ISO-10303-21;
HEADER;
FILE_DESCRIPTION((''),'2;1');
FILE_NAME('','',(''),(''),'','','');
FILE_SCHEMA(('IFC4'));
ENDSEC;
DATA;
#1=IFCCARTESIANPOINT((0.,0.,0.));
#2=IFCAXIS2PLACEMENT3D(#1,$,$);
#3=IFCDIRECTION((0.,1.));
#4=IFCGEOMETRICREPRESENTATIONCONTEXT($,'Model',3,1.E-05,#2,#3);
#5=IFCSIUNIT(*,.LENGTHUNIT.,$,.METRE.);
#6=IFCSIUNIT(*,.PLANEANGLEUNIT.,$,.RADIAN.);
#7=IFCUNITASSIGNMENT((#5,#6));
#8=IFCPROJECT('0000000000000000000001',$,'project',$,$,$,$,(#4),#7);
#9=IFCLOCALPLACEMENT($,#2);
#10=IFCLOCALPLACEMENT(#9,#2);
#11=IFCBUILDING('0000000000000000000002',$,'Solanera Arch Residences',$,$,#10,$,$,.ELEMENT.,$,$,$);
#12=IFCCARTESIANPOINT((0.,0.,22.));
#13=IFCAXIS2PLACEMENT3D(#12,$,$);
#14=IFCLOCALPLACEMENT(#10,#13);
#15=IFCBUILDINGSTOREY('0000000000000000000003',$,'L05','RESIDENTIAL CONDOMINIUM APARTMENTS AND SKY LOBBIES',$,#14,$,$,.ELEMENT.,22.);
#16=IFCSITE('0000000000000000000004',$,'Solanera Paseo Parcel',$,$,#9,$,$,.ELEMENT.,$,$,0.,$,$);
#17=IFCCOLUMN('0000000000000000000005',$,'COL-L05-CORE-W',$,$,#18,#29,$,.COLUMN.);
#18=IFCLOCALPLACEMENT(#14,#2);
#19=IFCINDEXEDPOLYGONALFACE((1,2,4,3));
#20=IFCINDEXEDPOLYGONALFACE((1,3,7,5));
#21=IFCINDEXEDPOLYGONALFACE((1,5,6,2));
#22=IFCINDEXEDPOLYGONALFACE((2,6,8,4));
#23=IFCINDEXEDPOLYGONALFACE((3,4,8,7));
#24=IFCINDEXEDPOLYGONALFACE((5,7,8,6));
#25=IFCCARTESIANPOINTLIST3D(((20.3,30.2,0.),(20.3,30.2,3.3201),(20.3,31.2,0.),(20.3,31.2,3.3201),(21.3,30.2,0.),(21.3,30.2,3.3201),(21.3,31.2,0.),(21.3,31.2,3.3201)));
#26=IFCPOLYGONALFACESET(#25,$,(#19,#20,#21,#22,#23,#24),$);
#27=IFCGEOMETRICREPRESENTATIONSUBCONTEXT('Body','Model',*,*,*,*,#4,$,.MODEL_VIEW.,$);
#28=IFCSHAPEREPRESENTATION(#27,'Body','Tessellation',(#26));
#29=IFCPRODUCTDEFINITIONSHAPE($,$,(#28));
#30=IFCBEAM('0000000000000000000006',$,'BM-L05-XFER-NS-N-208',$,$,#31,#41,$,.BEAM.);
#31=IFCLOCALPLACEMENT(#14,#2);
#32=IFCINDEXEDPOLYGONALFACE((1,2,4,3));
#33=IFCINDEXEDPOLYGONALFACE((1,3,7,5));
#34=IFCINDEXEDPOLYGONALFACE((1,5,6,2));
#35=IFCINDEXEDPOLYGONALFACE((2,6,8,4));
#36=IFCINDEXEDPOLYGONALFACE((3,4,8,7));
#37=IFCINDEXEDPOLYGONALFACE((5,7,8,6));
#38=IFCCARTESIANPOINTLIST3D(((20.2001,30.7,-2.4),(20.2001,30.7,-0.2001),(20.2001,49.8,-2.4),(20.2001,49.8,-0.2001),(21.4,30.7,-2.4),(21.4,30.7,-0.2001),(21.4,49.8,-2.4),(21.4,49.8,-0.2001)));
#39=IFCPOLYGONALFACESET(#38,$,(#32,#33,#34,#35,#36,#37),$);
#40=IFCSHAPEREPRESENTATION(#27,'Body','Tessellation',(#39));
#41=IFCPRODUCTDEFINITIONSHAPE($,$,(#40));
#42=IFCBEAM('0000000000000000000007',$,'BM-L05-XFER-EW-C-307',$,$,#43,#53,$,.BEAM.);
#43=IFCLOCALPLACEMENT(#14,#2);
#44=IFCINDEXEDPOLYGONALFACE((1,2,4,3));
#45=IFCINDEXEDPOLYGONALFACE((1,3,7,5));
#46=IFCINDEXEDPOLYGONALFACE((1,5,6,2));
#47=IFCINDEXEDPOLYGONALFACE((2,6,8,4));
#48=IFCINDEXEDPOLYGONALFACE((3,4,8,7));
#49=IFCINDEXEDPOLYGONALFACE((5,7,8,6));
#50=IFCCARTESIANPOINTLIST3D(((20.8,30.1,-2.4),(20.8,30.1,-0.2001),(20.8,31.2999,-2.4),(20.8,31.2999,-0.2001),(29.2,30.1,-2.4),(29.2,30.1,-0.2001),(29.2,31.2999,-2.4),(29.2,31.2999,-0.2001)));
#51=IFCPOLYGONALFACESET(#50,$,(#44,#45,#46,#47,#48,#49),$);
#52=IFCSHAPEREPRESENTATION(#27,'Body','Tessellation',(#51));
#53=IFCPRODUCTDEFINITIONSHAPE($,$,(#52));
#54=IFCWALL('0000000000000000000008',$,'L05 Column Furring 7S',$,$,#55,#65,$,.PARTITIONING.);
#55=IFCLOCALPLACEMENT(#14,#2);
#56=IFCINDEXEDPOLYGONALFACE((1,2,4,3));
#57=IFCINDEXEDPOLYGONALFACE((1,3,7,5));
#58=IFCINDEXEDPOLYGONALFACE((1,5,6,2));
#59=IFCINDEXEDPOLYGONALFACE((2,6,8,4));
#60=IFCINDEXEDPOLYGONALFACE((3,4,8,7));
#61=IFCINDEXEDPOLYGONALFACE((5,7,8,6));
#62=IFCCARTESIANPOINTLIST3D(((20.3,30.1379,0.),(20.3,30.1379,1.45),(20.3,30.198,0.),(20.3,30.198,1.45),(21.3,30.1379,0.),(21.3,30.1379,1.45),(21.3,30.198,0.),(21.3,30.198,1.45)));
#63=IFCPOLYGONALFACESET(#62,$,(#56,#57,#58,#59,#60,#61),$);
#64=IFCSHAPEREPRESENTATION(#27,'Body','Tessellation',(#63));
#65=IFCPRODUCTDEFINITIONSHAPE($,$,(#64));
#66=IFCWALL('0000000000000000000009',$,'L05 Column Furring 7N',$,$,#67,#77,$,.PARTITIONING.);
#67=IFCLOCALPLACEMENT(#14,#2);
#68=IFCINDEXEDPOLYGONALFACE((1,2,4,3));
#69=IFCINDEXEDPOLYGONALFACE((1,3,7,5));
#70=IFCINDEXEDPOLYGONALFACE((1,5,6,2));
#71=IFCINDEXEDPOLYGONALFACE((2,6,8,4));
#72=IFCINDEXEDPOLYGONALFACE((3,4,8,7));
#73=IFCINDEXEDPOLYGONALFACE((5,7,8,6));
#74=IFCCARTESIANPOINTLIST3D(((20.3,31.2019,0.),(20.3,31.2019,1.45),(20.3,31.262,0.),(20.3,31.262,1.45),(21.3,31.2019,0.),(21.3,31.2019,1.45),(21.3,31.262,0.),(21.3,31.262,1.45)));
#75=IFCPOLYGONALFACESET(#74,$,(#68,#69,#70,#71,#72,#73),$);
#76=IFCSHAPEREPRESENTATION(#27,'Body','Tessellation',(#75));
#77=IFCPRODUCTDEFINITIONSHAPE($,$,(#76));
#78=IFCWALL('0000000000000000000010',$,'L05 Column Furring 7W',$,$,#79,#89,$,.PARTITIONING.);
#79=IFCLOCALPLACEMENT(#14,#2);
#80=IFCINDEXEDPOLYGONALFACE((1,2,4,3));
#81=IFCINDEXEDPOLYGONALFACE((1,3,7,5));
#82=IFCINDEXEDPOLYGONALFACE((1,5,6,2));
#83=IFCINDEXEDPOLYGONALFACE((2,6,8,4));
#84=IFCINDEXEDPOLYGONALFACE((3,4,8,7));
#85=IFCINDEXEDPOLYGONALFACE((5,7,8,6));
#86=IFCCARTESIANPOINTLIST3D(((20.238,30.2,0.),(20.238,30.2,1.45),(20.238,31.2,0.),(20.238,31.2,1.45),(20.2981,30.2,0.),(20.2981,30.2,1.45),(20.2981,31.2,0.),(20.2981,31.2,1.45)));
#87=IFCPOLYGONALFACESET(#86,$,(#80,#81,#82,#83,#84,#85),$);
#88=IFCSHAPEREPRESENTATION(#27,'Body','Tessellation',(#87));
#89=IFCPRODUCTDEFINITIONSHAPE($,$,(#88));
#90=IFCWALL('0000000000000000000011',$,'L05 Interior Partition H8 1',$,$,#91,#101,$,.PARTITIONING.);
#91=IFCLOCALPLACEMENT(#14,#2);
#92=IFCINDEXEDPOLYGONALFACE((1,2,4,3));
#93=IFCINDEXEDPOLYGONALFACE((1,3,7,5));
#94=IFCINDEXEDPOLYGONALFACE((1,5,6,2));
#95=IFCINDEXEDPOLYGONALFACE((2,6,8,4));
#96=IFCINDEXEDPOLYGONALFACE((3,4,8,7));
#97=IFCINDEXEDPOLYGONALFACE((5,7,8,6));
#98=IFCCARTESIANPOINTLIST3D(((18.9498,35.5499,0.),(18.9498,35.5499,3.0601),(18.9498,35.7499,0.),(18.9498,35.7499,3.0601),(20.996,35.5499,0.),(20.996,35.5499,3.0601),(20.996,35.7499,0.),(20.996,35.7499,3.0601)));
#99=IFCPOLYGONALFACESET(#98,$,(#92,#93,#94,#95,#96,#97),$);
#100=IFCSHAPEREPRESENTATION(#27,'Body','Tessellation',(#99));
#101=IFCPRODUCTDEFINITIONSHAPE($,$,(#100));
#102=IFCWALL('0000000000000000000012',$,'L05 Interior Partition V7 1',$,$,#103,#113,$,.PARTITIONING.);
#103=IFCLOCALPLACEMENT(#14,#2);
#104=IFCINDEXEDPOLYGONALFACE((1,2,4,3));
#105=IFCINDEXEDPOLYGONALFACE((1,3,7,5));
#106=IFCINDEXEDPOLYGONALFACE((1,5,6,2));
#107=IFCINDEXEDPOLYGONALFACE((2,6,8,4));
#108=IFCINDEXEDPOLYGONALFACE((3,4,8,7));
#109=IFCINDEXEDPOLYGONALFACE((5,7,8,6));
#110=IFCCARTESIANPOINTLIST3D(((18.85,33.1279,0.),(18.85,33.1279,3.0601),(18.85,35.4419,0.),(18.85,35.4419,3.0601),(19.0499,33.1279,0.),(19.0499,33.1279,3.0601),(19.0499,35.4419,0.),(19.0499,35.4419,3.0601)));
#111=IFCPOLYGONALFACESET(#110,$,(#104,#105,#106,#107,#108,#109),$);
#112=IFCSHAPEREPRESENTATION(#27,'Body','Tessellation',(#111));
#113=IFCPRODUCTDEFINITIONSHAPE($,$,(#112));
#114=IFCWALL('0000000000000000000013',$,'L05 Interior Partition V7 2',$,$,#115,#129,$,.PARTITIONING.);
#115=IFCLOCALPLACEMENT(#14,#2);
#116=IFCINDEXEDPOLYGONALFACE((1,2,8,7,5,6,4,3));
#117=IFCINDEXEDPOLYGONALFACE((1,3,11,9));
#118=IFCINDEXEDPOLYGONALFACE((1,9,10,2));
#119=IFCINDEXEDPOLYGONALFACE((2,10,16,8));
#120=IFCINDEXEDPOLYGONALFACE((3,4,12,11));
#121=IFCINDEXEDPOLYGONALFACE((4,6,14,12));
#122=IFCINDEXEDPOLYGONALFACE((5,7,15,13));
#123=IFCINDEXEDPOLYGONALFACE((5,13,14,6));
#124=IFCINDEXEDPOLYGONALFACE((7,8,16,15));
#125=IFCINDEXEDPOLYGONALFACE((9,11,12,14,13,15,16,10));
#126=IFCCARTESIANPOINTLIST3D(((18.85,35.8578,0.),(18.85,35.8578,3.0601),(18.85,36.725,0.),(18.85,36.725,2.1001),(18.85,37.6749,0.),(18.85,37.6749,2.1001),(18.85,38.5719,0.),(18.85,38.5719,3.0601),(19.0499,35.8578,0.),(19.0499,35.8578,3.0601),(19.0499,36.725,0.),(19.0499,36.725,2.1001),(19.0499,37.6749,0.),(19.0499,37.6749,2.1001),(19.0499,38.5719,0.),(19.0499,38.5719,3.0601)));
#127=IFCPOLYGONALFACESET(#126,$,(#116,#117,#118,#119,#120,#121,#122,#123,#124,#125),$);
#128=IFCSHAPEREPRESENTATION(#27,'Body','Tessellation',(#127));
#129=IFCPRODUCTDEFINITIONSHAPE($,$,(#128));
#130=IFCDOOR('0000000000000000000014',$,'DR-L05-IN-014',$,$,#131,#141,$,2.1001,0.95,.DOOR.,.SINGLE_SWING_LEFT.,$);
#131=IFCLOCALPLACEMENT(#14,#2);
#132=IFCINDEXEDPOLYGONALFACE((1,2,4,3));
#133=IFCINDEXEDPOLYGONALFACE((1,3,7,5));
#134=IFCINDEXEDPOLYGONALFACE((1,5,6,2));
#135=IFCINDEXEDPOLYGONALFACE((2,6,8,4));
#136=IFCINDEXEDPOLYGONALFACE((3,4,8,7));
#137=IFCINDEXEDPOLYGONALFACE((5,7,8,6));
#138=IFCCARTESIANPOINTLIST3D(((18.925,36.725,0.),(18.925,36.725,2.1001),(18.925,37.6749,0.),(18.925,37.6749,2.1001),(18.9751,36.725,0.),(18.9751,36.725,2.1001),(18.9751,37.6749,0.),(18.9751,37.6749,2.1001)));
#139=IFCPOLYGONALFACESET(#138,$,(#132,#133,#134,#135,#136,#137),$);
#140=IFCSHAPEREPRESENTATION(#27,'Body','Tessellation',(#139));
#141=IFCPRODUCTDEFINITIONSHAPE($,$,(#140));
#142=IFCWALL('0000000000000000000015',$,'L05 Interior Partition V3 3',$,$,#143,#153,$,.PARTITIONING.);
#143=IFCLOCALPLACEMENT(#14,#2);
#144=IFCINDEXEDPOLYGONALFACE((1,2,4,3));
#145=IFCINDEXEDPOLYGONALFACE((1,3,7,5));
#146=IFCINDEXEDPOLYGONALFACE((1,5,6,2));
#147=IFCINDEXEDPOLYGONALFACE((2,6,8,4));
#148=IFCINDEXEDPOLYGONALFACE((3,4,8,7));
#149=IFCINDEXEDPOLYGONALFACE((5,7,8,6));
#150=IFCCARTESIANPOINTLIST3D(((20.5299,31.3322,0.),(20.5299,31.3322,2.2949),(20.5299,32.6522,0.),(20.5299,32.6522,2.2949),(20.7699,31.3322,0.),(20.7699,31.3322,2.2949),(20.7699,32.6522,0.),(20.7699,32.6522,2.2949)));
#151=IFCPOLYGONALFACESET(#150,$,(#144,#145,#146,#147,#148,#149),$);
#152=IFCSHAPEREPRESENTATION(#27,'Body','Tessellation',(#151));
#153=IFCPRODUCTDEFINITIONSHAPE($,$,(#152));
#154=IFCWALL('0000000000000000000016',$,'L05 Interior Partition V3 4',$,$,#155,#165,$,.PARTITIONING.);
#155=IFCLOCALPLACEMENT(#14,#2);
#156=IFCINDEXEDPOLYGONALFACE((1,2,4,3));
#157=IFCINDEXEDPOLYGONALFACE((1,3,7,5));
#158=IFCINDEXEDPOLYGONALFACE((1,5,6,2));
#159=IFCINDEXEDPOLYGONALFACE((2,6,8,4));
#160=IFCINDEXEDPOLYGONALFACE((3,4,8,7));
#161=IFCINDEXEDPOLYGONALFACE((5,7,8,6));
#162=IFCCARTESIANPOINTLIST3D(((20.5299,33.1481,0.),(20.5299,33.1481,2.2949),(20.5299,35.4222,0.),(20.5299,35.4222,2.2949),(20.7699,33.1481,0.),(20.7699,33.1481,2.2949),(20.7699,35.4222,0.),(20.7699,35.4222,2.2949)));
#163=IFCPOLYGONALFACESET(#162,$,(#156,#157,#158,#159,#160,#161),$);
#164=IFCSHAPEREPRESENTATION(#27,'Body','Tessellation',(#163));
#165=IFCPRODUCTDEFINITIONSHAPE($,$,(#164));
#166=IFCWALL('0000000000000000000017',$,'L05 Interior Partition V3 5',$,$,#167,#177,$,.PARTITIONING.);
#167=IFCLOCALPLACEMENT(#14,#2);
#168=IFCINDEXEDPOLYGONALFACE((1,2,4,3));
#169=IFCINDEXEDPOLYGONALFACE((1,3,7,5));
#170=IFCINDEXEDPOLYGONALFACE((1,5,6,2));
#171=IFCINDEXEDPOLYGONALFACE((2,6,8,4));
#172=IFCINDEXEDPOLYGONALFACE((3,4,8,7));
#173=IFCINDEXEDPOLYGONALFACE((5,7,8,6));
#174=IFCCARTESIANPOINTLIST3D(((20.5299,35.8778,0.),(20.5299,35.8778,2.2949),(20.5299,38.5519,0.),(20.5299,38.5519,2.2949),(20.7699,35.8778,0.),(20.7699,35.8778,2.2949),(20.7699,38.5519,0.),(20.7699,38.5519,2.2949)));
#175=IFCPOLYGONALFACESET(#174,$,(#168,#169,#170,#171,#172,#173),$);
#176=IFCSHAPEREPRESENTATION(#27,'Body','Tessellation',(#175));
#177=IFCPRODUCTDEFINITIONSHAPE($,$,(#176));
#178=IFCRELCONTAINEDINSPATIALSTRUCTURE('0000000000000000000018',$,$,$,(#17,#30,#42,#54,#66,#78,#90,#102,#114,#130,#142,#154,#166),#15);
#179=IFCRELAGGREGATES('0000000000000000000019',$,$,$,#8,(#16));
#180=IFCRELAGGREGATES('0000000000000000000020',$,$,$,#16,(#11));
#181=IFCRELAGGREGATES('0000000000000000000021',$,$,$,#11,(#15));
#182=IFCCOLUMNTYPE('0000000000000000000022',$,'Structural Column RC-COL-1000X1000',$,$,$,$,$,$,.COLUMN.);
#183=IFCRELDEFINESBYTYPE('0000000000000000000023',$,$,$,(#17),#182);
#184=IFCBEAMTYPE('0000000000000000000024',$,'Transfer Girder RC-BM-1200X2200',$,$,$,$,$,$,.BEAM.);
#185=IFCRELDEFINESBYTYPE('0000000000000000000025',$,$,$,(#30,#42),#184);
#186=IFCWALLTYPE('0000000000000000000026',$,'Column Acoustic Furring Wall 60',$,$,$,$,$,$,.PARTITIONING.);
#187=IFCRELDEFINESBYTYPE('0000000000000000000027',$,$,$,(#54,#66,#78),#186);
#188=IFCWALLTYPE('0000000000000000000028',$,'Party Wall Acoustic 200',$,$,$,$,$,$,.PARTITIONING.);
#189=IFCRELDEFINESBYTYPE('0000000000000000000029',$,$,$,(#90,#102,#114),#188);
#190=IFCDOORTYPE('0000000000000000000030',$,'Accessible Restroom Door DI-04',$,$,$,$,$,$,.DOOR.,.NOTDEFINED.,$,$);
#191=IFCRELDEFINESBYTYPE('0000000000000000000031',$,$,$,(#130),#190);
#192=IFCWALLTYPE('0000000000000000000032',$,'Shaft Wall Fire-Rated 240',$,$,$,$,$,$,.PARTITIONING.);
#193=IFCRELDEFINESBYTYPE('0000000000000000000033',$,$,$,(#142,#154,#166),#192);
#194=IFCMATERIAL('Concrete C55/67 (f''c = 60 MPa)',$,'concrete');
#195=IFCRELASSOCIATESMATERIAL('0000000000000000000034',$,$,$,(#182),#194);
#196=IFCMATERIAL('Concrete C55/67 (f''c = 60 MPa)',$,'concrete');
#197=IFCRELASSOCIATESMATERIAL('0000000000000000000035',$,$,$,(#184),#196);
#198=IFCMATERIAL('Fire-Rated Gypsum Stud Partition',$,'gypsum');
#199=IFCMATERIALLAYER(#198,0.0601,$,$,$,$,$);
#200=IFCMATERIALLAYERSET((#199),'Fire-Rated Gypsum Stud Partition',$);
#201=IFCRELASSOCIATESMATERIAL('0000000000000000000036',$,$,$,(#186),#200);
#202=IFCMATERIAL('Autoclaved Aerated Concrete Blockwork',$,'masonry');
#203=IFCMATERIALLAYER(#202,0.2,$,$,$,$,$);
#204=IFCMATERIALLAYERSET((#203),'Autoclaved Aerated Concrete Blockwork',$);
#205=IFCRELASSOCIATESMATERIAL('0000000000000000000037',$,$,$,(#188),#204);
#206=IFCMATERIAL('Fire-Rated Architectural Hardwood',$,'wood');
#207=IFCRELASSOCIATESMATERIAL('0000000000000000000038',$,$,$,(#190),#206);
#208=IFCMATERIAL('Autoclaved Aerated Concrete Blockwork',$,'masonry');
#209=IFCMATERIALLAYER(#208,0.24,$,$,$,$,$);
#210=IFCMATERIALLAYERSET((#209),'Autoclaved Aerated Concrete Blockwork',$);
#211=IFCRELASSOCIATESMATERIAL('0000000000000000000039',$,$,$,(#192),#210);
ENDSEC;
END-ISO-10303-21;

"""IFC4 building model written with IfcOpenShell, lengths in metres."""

from ifc_helpers import new_model, si_unit, direction, frame, frame_2d, origin, origin_2d, place, context, subcontext, project, spatial, rectangle, extrude, material, layer, layer_set, material_profile, profile_set, type_object, element, fill, save


model = new_model("IFC4")

# Units and contexts
model_context = context("Model", 3, precision=1e-05, world=origin(), true_north=direction((0.0, 1.0)))
body_context = subcontext(model_context, "Body", "Model", "MODEL_VIEW")
ifc_project = project(units=[si_unit("LENGTHUNIT", "METRE"), si_unit("PLANEANGLEUNIT", "RADIAN")], contexts=[model_context])

# Site, building, storey
site_placement = place(None, origin())
site = spatial("IfcSite", under=ifc_project, at=site_placement, Name="Solanera Paseo Parcel", CompositionType="ELEMENT", RefElevation=0.0)
building_placement = place(site_placement, origin())
building = spatial("IfcBuilding", under=site, at=building_placement, Name="Solanera Arch Residences", CompositionType="ELEMENT")
storey_placement = place(building_placement, frame((0.0, 0.0, 22.0)))
storey = spatial("IfcBuildingStorey", under=building, at=storey_placement, Name="L05", Description="RESIDENTIAL CONDOMINIUM APARTMENTS AND SKY LOBBIES", CompositionType="ELEMENT", Elevation=22.0)

# Column
ifc_material_1 = material(Name="Concrete C55/67 (f'c = 60 MPa)", Category="concrete")
ifc_material_profile_1 = material_profile(ifc_material_1, rectangle(XDim=1.0, YDim=1.0, at=origin_2d()))
ifc_profile_set_1 = profile_set([ifc_material_profile_1], Name="Concrete C55/67 (f'c = 60 MPa)")
column_type = type_object("IfcColumnType", Name="Structural Column RC-COL-1000X1000", PredefinedType="COLUMN", material=ifc_profile_set_1)
column_placement = place(storey_placement, frame((20.8, 30.7, 0.0), z_axis=(0.0, 0.0, 1.0), x_axis=(1.0, 0.0, 0.0)))
element("IfcColumn", 1, at=column_placement, inside=storey, type_object=column_type, Name="COL-L05-CORE-W", PredefinedType="COLUMN", context=body_context, shape_type="SweptSolid", body=[
    extrude(rectangle(XDim=1.0, YDim=1.0, at=origin_2d()), origin(), (0.0, 0.0, 1.0), 3.3201),
])

# Beams
ifc_material_2 = material(Name="Concrete C55/67 (f'c = 60 MPa)", Category="concrete")
ifc_material_profile_2 = material_profile(ifc_material_2, rectangle(XDim=1.2, YDim=2.2, at=origin_2d()))
ifc_profile_set_2 = profile_set([ifc_material_profile_2], Name="Concrete C55/67 (f'c = 60 MPa)")
beam_type = type_object("IfcBeamType", Name="Transfer Girder RC-BM-1200X2200", PredefinedType="BEAM", material=ifc_profile_set_2)
beam_1_placement = place(storey_placement, frame((20.8, 30.7, -1.3), z_axis=(0.0, 1.0, 0.0), x_axis=(-1.0, 0.0, 0.0)))
element("IfcBeam", 2, at=beam_1_placement, inside=storey, type_object=beam_type, Name="BM-L05-XFER-NS-N-208", PredefinedType="BEAM", context=body_context, shape_type="SweptSolid", body=[
    extrude(rectangle(XDim=1.2, YDim=2.2, at=origin_2d()), origin(), (0.0, 0.0, 1.0), 19.1001),
])
beam_2_placement = place(storey_placement, frame((20.8, 30.7, -1.3), z_axis=(1.0, 0.0, 0.0), x_axis=(0.0, 1.0, 0.0)))
element("IfcBeam", 3, at=beam_2_placement, inside=storey, type_object=beam_type, Name="BM-L05-XFER-EW-C-307", PredefinedType="BEAM", context=body_context, shape_type="SweptSolid", body=[
    extrude(rectangle(XDim=1.2, YDim=2.2, at=origin_2d()), origin(), (0.0, 0.0, 1.0), 8.3999),
])

# Walls
ifc_material_3 = material(Name="Fire-Rated Gypsum Stud Partition", Category="gypsum")
ifc_layer_1 = layer(ifc_material_3, 0.0601)
ifc_layer_set_1 = layer_set([ifc_layer_1], Name="Fire-Rated Gypsum Stud Partition")
wall_type_1 = type_object("IfcWallType", Name="Column Acoustic Furring Wall 60", PredefinedType="PARTITIONING", material=ifc_layer_set_1)
for number, where, z_axis, x_axis, name in (
    (4, (20.3, 30.168, 0.0), (0.0, 0.0, 1.0), (1.0, 0.0, 0.0), "L05 Column Furring 7S"),
    (5, (20.3, 31.2319, 0.0), (0.0, 0.0, 1.0), (1.0, 0.0, 0.0), "L05 Column Furring 7N"),
    (6, (20.2681, 30.2, 0.0), (0.0, 0.0, 1.0), (0.0, 1.0, 0.0), "L05 Column Furring 7W"),
):
    element("IfcWall", number, at=place(storey_placement, frame(where, z_axis=z_axis, x_axis=x_axis)), inside=storey, type_object=wall_type_1, Name=name, PredefinedType="PARTITIONING", context=body_context, shape_type="SweptSolid", body=[
        extrude(rectangle(XDim=1.0, YDim=0.0601, at=frame_2d((0.5, 0.0))), origin(), (0.0, 0.0, 1.0), 1.45),
    ])

# Walls
ifc_material_4 = material(Name="Autoclaved Aerated Concrete Blockwork", Category="masonry")
ifc_layer_2 = layer(ifc_material_4, 0.2)
ifc_layer_set_2 = layer_set([ifc_layer_2], Name="Autoclaved Aerated Concrete Blockwork")
wall_type_2 = type_object("IfcWallType", Name="Party Wall Acoustic 200", PredefinedType="PARTITIONING", material=ifc_layer_set_2)
wall_1_placement = place(storey_placement, frame((18.95, 35.6499, 0.0), z_axis=(0.0, 0.0, 1.0), x_axis=(1.0, 0.0, 0.0)))
element("IfcWall", 7, at=wall_1_placement, inside=storey, type_object=wall_type_2, Name="L05 Interior Partition H8 1", PredefinedType="PARTITIONING", context=body_context, shape_type="SweptSolid", body=[
    extrude(rectangle(XDim=2.0461, YDim=0.2, at=frame_2d((1.0229, 0.0))), origin(), (0.0, 0.0, 1.0), 3.0601),
])
wall_2_placement = place(storey_placement, frame((18.95, 33.1279, 0.0), z_axis=(0.0, 0.0, 1.0), x_axis=(0.0, 1.0, 0.0)))
element("IfcWall", 8, at=wall_2_placement, inside=storey, type_object=wall_type_2, Name="L05 Interior Partition V7 1", PredefinedType="PARTITIONING", context=body_context, shape_type="SweptSolid", body=[
    extrude(rectangle(XDim=2.314, YDim=0.2, at=frame_2d((1.157, 0.0))), origin(), (0.0, 0.0, 1.0), 3.0601),
])

# Wall, opening, door
wall_3_placement = place(storey_placement, frame((18.95, 35.8579, 0.0), z_axis=(0.0, 0.0, 1.0), x_axis=(0.0, 1.0, 0.0)))
wall_3 = element("IfcWall", 9, at=wall_3_placement, inside=storey, type_object=wall_type_2, Name="L05 Interior Partition V7 2", PredefinedType="PARTITIONING", context=body_context, shape_type="SweptSolid", body=[
    extrude(rectangle(XDim=2.7141, YDim=0.2, at=frame_2d((1.3569, 0.0))), origin(), (0.0, 0.0, 1.0), 3.0601),
])
opening_1_placement = place(wall_3_placement, frame((0.8669, 0.0, 0.0)))
opening_1 = element("IfcOpeningElement", 10, at=opening_1_placement, cuts=wall_3, PredefinedType="OPENING", context=body_context, shape_type="SweptSolid", body=[
    extrude(rectangle(XDim=0.95, YDim=2.1001, at=frame_2d((0.4751, 1.05))), frame((0.0, 0.1101, 0.0), z_axis=(0.0, -1.0, 0.0), x_axis=(1.0, 0.0, 0.0)), (0.0, 0.0, 1.0), 0.22),
])
ifc_material_5 = material(Name="Fire-Rated Architectural Hardwood", Category="wood")
door_type_1 = type_object("IfcDoorType", Name="Accessible Restroom Door DI-04", OperationType="NOTDEFINED", PredefinedType="DOOR", material=ifc_material_5)
door_1_placement = place(opening_1_placement, origin())
door_1 = element("IfcDoor", 11, at=door_1_placement, inside=storey, type_object=door_type_1, Name="DR-L05-IN-014", OperationType="SINGLE_SWING_LEFT", OverallHeight=2.1001, OverallWidth=0.95, PredefinedType="DOOR", context=body_context, shape_type="SweptSolid", body=[
    extrude(rectangle(XDim=0.95, YDim=2.1001, at=frame_2d((0.4751, 1.05))), frame((0.0, 0.0249, 0.0), z_axis=(0.0, -1.0, 0.0), x_axis=(1.0, 0.0, 0.0)), (0.0, 0.0, 1.0), 0.05),
])
fill(opening_1, door_1)

# Shared definitions
ifc_material_6 = material(Name="Autoclaved Aerated Concrete Blockwork", Category="masonry")
ifc_layer_3 = layer(ifc_material_6, 0.24)
ifc_layer_set_3 = layer_set([ifc_layer_3], Name="Autoclaved Aerated Concrete Blockwork")
wall_type_3 = type_object("IfcWallType", Name="Shaft Wall Fire-Rated 240", PredefinedType="PARTITIONING", material=ifc_layer_set_3)

# Walls
wall_4_placement = place(storey_placement, frame((20.6499, 31.332, 0.0), z_axis=(0.0, 0.0, 1.0), x_axis=(0.0, 1.0, 0.0)))
element("IfcWall", 12, at=wall_4_placement, inside=storey, type_object=wall_type_3, Name="L05 Interior Partition V3 3", PredefinedType="PARTITIONING", context=body_context, shape_type="SweptSolid", body=[
    extrude(rectangle(XDim=1.3201, YDim=0.24, at=frame_2d((0.6602, 0.0))), origin(), (0.0, 0.0, 1.0), 2.2949),
])
wall_5_placement = place(storey_placement, frame((20.6499, 33.1479, 0.0), z_axis=(0.0, 0.0, 1.0), x_axis=(0.0, 1.0, 0.0)))
element("IfcWall", 13, at=wall_5_placement, inside=storey, type_object=wall_type_3, Name="L05 Interior Partition V3 4", PredefinedType="PARTITIONING", context=body_context, shape_type="SweptSolid", body=[
    extrude(rectangle(XDim=2.2742, YDim=0.24, at=frame_2d((1.1372, 0.0))), origin(), (0.0, 0.0, 1.0), 2.2949),
])
wall_6_placement = place(storey_placement, frame((20.6499, 35.8779, 0.0), z_axis=(0.0, 0.0, 1.0), x_axis=(0.0, 1.0, 0.0)))
element("IfcWall", 14, at=wall_6_placement, inside=storey, type_object=wall_type_3, Name="L05 Interior Partition V3 5", PredefinedType="PARTITIONING", context=body_context, shape_type="SweptSolid", body=[
    extrude(rectangle(XDim=2.6741, YDim=0.24, at=frame_2d((1.3369, 0.0))), origin(), (0.0, 0.0, 1.0), 2.2949),
])

save(model, "model.ifc")
